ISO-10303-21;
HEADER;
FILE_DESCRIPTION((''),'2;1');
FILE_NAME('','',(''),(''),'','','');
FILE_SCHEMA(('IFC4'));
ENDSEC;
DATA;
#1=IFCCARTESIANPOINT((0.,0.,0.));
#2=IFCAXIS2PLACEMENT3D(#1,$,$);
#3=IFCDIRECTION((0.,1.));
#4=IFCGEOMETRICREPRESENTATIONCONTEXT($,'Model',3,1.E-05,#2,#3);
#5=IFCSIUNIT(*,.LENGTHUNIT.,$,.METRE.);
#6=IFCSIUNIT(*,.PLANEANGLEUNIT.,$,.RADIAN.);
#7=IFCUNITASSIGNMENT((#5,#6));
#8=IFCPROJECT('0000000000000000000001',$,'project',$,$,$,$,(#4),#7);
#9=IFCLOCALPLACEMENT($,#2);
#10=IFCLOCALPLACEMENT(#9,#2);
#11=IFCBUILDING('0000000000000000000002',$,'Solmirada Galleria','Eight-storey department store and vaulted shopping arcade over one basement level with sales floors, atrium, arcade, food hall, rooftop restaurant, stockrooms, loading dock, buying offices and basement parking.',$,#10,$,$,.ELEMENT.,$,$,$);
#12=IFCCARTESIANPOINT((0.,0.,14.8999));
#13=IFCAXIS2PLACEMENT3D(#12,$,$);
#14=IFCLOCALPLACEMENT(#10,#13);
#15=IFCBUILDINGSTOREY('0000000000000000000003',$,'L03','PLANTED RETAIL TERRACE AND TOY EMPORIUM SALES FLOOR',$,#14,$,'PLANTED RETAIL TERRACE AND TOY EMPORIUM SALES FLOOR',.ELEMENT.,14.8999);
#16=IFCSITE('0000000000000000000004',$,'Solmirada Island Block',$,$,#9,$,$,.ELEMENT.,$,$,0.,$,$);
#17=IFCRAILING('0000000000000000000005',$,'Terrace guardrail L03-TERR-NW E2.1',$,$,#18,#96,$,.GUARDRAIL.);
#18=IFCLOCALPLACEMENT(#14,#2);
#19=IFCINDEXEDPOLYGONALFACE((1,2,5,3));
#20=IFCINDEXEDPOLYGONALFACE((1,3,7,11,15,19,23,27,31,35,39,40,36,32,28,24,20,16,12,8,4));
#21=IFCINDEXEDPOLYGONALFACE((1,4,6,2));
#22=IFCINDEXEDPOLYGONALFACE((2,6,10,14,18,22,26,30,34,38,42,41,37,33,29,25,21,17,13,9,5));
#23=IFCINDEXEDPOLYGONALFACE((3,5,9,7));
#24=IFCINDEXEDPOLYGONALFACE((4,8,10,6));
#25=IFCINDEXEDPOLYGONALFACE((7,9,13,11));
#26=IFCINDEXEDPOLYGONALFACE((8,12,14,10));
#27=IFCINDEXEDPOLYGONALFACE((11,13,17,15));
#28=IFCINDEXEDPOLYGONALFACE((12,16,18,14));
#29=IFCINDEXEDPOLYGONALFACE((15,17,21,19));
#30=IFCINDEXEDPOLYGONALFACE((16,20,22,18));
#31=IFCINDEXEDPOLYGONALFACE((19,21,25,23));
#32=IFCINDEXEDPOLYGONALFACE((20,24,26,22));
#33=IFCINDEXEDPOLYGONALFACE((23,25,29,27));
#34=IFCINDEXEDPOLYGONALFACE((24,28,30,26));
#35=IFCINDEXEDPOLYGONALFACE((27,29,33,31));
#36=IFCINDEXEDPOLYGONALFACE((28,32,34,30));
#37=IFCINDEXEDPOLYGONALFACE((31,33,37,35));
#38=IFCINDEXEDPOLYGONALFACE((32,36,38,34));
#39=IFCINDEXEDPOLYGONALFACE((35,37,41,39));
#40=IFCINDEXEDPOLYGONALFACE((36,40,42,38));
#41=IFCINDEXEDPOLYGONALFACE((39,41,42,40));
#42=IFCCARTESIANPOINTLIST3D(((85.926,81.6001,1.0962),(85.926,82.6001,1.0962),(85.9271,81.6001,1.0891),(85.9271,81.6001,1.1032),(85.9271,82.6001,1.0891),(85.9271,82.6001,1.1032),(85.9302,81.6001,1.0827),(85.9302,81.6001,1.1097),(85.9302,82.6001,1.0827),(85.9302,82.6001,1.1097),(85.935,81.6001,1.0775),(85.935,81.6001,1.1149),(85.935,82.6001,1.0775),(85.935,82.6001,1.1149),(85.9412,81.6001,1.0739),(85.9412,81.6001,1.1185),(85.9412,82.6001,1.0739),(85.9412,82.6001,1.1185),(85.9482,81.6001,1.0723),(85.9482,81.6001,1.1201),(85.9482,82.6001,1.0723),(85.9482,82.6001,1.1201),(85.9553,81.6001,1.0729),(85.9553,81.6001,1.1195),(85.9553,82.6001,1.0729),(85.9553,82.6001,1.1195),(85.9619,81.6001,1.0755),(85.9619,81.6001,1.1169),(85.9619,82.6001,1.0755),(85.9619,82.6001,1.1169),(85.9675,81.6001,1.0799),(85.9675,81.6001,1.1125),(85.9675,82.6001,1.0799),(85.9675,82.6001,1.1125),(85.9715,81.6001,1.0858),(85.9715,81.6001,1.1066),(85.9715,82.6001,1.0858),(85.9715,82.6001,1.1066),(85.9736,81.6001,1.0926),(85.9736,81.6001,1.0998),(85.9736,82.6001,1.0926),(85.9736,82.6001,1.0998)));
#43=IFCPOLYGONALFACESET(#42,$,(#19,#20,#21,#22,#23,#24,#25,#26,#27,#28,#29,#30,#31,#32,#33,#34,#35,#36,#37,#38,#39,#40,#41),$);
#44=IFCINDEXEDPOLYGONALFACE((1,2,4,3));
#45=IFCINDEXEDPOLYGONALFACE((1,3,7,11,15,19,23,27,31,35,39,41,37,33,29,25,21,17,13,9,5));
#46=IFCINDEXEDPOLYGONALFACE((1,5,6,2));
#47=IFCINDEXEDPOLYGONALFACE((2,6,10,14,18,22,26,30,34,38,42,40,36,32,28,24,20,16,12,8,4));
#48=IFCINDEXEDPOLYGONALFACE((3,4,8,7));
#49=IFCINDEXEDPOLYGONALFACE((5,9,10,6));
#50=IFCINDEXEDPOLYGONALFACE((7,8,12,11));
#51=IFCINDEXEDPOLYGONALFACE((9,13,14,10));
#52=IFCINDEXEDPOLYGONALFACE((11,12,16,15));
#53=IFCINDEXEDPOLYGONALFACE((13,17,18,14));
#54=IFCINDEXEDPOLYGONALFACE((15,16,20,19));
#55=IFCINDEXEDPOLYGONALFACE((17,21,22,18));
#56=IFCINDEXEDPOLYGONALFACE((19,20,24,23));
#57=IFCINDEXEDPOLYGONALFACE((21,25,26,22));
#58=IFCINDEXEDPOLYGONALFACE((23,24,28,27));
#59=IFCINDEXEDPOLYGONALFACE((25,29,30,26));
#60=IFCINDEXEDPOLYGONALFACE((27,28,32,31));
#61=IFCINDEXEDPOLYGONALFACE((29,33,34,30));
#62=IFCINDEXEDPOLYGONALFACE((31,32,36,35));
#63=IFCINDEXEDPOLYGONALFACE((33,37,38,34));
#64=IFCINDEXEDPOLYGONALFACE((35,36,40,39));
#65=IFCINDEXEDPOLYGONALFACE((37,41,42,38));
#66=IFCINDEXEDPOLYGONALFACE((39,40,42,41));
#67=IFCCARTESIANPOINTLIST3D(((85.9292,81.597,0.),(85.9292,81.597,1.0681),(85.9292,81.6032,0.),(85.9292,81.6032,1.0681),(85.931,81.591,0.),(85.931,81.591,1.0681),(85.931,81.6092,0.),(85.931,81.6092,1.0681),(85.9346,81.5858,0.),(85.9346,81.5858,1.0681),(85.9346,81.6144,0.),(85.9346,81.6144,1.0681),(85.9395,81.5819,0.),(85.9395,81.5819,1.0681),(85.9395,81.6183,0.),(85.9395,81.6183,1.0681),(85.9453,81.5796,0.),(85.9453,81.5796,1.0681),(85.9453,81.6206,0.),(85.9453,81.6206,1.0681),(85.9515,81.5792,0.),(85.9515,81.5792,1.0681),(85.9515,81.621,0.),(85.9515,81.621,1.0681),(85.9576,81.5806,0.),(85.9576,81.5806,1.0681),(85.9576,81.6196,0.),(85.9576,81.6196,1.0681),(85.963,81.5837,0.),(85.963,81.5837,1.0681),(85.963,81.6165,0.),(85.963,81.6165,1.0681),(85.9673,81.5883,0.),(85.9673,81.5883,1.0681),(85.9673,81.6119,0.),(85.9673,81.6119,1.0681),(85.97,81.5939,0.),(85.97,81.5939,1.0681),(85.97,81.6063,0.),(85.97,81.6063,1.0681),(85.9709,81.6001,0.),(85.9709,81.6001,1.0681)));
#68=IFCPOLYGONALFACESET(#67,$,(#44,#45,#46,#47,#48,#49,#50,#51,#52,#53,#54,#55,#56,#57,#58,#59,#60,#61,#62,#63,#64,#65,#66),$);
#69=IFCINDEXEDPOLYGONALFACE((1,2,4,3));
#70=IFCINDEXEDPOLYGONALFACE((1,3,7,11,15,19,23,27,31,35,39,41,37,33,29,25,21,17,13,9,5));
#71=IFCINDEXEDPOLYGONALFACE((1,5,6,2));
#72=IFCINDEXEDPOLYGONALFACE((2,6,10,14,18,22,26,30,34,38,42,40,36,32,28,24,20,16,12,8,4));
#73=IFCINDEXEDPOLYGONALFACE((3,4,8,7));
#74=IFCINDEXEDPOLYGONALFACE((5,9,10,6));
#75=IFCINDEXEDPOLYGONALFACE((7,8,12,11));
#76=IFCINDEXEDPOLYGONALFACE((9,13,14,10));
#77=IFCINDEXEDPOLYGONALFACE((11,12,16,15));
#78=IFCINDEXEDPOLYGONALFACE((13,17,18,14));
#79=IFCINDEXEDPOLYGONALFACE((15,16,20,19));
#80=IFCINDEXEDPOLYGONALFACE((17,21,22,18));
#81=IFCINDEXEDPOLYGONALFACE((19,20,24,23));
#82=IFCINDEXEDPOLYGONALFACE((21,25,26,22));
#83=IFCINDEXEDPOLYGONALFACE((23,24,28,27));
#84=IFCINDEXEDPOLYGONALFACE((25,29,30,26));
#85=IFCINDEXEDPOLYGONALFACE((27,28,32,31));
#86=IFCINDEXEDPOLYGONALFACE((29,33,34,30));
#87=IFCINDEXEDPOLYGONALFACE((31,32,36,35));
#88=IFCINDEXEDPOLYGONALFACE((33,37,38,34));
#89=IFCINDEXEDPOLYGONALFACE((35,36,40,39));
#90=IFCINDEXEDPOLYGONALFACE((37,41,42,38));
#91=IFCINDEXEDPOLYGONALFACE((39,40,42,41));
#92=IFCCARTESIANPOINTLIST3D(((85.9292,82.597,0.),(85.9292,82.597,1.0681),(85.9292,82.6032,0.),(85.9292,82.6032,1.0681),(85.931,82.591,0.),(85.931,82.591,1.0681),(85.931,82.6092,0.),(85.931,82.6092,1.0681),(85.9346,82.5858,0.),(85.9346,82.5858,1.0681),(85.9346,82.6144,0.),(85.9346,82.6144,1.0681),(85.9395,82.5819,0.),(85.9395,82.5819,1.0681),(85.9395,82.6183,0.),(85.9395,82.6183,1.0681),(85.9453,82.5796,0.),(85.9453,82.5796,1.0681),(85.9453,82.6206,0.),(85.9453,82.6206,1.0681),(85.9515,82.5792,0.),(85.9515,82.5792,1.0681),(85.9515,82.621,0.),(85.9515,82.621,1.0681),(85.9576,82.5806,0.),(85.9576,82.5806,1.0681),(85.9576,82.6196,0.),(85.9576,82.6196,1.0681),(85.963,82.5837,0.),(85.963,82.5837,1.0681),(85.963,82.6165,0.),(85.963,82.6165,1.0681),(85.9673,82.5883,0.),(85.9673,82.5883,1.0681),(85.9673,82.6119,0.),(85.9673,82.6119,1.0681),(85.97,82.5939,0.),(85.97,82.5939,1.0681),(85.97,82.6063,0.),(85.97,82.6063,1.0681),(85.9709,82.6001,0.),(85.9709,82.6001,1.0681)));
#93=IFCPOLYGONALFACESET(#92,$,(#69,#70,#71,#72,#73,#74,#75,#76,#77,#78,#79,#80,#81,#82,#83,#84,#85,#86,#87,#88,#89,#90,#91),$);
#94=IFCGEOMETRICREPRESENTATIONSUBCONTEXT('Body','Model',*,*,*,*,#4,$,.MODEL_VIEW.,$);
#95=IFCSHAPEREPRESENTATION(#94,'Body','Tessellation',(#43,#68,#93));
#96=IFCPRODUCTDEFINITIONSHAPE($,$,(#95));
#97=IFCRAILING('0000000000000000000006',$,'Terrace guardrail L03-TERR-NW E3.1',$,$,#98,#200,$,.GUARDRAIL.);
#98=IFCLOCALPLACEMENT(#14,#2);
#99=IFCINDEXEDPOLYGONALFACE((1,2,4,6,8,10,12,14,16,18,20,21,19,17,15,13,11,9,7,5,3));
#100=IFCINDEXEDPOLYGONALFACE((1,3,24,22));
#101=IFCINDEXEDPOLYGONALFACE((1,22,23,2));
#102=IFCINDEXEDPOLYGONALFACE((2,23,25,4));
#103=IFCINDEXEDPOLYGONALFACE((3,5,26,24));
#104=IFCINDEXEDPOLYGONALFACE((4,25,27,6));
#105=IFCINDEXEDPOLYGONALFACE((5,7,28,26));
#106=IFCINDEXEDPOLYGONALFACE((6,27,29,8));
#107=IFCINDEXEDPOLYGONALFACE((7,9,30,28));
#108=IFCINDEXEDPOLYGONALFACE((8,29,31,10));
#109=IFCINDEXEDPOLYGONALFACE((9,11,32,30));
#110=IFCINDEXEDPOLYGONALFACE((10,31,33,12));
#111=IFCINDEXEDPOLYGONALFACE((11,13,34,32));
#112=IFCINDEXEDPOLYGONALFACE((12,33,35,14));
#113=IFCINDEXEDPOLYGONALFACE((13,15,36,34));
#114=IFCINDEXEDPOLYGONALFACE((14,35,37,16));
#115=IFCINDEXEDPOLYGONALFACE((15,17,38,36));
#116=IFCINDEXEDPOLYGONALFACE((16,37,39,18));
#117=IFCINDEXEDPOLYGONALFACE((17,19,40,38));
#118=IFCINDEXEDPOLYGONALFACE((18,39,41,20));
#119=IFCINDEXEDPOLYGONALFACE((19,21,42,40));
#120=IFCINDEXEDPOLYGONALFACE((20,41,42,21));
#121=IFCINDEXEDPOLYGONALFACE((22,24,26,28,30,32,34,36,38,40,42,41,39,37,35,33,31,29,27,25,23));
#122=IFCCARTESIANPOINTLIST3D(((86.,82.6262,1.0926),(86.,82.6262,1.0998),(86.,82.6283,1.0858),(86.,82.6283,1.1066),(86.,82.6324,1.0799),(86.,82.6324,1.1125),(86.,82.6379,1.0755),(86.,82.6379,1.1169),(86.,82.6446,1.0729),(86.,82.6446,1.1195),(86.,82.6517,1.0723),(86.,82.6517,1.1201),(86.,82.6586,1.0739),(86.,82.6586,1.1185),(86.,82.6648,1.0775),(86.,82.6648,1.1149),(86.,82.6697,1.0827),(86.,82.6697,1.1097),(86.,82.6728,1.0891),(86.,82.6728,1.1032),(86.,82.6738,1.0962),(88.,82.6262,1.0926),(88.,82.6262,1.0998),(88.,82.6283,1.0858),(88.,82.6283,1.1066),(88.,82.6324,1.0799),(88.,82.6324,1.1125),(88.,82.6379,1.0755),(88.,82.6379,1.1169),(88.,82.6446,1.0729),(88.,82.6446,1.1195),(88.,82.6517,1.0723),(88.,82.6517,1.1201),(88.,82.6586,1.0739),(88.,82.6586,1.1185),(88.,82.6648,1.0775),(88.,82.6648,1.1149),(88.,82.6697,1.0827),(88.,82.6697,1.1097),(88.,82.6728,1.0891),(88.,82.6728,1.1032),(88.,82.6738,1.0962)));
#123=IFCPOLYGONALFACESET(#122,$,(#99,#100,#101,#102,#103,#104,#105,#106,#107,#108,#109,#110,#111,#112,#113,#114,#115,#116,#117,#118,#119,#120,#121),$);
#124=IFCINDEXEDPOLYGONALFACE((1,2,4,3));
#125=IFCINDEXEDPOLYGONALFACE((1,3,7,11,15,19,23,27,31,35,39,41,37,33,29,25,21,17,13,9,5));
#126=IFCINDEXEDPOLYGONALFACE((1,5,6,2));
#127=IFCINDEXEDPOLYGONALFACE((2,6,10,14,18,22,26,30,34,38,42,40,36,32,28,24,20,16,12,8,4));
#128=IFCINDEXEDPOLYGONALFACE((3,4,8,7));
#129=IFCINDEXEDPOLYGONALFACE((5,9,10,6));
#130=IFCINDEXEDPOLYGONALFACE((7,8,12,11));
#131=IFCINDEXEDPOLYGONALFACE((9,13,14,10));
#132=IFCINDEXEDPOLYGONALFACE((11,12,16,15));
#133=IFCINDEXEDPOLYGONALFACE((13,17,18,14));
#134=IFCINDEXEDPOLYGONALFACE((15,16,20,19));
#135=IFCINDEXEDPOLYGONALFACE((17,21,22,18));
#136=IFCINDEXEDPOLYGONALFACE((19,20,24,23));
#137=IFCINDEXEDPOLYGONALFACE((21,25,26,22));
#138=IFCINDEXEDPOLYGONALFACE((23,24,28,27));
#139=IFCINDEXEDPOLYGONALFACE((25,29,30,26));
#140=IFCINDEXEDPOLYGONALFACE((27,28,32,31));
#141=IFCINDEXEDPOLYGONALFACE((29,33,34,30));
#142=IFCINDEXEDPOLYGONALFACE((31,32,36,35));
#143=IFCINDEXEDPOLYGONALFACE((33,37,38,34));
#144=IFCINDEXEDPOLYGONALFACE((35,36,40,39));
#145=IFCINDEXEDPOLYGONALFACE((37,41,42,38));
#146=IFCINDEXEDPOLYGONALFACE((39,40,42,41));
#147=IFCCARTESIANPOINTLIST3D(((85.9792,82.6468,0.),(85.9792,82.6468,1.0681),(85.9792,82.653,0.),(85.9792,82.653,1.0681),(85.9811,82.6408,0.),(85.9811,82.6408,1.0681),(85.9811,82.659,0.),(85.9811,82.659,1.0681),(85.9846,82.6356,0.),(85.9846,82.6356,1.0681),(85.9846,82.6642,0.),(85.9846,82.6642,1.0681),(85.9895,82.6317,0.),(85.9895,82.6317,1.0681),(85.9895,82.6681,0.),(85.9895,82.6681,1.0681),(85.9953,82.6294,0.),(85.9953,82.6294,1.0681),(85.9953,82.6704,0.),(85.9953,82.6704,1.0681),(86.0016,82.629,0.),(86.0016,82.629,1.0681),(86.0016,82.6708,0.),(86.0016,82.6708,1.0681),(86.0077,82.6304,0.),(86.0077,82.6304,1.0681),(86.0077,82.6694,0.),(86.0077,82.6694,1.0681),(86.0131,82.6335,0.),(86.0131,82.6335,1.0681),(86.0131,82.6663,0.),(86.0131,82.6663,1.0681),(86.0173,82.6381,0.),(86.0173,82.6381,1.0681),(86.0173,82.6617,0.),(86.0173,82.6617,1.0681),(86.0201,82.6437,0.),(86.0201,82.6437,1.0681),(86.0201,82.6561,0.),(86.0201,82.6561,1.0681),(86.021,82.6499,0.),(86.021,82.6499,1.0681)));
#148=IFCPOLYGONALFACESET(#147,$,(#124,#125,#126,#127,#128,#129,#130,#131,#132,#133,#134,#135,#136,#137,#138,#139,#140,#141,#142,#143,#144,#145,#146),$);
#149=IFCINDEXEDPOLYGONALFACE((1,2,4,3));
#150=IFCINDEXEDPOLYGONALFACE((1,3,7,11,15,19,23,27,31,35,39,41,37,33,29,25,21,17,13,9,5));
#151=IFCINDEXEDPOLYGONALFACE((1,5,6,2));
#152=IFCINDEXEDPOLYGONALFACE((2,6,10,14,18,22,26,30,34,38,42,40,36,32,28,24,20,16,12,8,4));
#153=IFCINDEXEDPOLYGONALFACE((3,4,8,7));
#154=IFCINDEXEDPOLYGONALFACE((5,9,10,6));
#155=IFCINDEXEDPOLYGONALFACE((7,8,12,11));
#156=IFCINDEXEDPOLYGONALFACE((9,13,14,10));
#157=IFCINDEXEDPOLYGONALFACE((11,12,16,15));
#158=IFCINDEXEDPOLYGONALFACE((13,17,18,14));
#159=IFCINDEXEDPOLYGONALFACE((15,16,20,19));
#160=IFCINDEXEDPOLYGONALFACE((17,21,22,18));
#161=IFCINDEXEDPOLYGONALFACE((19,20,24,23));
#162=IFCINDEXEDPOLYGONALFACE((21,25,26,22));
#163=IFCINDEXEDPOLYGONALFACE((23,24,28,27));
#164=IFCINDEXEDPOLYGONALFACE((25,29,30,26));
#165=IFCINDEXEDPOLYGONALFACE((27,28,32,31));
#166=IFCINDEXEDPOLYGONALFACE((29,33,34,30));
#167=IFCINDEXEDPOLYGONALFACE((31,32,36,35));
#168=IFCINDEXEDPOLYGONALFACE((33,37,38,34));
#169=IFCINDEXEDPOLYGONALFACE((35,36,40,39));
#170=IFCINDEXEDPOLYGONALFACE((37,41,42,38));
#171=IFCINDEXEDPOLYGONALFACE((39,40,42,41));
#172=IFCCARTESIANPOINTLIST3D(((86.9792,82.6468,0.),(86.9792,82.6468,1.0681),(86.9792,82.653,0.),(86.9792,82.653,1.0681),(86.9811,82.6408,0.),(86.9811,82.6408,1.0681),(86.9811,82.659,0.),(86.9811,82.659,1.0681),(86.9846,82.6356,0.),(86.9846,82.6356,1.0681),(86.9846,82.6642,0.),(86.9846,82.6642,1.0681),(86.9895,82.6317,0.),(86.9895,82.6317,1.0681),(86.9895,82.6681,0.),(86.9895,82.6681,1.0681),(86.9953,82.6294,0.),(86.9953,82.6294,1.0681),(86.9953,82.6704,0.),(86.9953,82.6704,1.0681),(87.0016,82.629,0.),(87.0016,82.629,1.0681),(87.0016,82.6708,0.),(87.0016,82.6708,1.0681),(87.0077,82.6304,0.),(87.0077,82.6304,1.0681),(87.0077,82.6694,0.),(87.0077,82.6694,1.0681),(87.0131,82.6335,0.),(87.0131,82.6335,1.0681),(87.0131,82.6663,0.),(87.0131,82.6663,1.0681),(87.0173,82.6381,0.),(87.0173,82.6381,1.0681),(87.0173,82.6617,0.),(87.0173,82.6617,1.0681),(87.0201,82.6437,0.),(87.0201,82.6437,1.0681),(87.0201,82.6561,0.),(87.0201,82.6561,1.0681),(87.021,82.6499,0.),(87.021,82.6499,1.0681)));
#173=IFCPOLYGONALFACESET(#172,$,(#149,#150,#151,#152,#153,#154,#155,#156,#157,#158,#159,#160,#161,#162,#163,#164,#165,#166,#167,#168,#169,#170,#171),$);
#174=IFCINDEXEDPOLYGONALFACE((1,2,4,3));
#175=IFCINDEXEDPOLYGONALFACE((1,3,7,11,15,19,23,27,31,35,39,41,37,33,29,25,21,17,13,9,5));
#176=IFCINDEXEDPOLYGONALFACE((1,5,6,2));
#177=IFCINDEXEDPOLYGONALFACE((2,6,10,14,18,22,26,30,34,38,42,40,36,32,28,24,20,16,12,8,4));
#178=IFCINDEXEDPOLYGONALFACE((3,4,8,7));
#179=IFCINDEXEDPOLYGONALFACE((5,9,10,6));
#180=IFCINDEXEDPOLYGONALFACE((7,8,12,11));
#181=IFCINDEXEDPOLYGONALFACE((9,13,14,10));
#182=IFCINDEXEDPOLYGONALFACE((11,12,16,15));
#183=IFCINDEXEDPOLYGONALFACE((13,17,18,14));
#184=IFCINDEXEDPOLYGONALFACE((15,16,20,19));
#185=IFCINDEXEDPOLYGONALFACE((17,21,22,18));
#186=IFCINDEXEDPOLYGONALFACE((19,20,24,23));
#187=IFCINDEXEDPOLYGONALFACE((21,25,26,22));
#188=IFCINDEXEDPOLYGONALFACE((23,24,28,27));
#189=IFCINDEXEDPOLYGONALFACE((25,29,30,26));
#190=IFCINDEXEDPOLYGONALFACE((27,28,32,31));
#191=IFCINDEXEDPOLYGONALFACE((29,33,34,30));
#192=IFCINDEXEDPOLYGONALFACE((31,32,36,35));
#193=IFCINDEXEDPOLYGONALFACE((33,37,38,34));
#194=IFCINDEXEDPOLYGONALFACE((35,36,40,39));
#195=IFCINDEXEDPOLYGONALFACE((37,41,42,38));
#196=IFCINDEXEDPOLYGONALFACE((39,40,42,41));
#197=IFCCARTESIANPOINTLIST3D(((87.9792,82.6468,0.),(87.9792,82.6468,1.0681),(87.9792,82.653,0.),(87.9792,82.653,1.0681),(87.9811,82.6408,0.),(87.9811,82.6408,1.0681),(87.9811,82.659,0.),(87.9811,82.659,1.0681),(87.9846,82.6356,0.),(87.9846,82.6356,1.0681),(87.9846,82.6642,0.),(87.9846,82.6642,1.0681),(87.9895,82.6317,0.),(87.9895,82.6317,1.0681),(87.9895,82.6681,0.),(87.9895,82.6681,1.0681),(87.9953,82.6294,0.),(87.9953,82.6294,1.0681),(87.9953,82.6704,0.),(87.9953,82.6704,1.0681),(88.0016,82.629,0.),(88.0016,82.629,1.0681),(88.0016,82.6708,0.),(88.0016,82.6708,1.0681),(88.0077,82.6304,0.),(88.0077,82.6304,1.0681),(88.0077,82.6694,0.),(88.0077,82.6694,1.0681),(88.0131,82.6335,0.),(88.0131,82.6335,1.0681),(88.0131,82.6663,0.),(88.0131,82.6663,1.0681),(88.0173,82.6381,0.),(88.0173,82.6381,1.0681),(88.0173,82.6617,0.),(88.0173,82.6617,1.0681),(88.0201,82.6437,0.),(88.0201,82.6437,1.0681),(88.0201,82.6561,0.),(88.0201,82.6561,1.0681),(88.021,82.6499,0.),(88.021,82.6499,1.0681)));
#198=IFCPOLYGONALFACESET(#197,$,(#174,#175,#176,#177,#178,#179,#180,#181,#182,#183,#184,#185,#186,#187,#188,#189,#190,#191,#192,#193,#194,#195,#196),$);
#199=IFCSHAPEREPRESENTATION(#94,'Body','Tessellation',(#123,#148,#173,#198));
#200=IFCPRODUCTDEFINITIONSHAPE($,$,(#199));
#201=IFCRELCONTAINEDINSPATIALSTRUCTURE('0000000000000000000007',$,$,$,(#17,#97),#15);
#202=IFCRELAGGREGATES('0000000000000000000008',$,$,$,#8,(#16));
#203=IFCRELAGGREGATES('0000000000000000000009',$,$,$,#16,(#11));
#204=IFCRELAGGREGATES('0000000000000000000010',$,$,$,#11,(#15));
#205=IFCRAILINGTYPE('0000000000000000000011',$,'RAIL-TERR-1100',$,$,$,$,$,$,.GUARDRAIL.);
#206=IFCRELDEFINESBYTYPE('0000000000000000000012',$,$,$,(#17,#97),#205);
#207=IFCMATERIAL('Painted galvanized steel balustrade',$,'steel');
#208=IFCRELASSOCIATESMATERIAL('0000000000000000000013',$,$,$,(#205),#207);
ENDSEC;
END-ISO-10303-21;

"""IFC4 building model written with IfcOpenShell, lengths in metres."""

from ifc_helpers import new_model, si_unit, direction, frame, origin, origin_2d, place, context, subcontext, project, spatial, circle, extrude, material, type_object, element, save


model = new_model("IFC4")

# Units and contexts
model_context = context("Model", 3, precision=1e-05, world=origin(), true_north=direction((0.0, 1.0)))
body_context = subcontext(model_context, "Body", "Model", "MODEL_VIEW")
ifc_project = project(units=[si_unit("LENGTHUNIT", "METRE"), si_unit("PLANEANGLEUNIT", "RADIAN")], contexts=[model_context])

# Site, building, storey
site_placement = place(None, origin())
site = spatial("IfcSite", under=ifc_project, at=site_placement, Name="Solmirada Island Block", CompositionType="ELEMENT", RefElevation=0.0)
building_placement = place(site_placement, origin())
building = spatial("IfcBuilding", under=site, at=building_placement, Name="Solmirada Galleria", Description="Eight-storey department store and vaulted shopping arcade over one basement level with sales floors, atrium, arcade, food hall, rooftop restaurant, stockrooms, loading dock, buying offices and basement parking.", CompositionType="ELEMENT")
storey_placement = place(building_placement, frame((0.0, 0.0, 14.8999)))
storey = spatial("IfcBuildingStorey", under=building, at=storey_placement, Name="L03", Description="PLANTED RETAIL TERRACE AND TOY EMPORIUM SALES FLOOR", LongName="PLANTED RETAIL TERRACE AND TOY EMPORIUM SALES FLOOR", CompositionType="ELEMENT", Elevation=14.8999)

# Railings
ifc_material_1 = material(Name="Painted galvanized steel balustrade", Category="steel")
railing_type = type_object("IfcRailingType", Name="RAIL-TERR-1100", PredefinedType="GUARDRAIL", material=ifc_material_1)
railing_1_placement = place(storey_placement, frame((85.95, 81.6001, 0.0)))
element("IfcRailing", 1, at=railing_1_placement, inside=storey, type_object=railing_type, Name="Terrace guardrail L03-TERR-NW E2.1", PredefinedType="GUARDRAIL", context=body_context, shape_type="SweptSolid", body=[
    extrude(circle(Radius=0.0239, at=origin_2d()), frame((0.0, 0.0, 1.0962), z_axis=(0.0, 1.0, 0.0), x_axis=(-1.0, 0.0, 0.0)), (0.0, 0.0, 1.0), 1.0),
    extrude(circle(Radius=0.021, at=origin_2d()), origin(), (0.0, 0.0, 1.0), 1.0681),
    extrude(circle(Radius=0.021, at=origin_2d()), frame((0.0, 1.0, 0.0)), (0.0, 0.0, 1.0), 1.0681),
])
railing_2_placement = place(storey_placement, frame((86.0, 82.6499, 0.0)))
element("IfcRailing", 2, at=railing_2_placement, inside=storey, type_object=railing_type, Name="Terrace guardrail L03-TERR-NW E3.1", PredefinedType="GUARDRAIL", context=body_context, shape_type="SweptSolid", body=[
    extrude(circle(Radius=0.0239, at=origin_2d()), frame((0.0, 0.0, 1.0962), z_axis=(1.0, 0.0, 0.0), x_axis=(0.0, 1.0, 0.0)), (0.0, 0.0, 1.0), 2.0),
    extrude(circle(Radius=0.021, at=origin_2d()), origin(), (0.0, 0.0, 1.0), 1.0681),
    extrude(circle(Radius=0.021, at=origin_2d()), frame((1.0, 0.0, 0.0)), (0.0, 0.0, 1.0), 1.0681),
    extrude(circle(Radius=0.021, at=origin_2d()), frame((2.0, 0.0, 0.0)), (0.0, 0.0, 1.0), 1.0681),
])

save(model, "model.ifc")
